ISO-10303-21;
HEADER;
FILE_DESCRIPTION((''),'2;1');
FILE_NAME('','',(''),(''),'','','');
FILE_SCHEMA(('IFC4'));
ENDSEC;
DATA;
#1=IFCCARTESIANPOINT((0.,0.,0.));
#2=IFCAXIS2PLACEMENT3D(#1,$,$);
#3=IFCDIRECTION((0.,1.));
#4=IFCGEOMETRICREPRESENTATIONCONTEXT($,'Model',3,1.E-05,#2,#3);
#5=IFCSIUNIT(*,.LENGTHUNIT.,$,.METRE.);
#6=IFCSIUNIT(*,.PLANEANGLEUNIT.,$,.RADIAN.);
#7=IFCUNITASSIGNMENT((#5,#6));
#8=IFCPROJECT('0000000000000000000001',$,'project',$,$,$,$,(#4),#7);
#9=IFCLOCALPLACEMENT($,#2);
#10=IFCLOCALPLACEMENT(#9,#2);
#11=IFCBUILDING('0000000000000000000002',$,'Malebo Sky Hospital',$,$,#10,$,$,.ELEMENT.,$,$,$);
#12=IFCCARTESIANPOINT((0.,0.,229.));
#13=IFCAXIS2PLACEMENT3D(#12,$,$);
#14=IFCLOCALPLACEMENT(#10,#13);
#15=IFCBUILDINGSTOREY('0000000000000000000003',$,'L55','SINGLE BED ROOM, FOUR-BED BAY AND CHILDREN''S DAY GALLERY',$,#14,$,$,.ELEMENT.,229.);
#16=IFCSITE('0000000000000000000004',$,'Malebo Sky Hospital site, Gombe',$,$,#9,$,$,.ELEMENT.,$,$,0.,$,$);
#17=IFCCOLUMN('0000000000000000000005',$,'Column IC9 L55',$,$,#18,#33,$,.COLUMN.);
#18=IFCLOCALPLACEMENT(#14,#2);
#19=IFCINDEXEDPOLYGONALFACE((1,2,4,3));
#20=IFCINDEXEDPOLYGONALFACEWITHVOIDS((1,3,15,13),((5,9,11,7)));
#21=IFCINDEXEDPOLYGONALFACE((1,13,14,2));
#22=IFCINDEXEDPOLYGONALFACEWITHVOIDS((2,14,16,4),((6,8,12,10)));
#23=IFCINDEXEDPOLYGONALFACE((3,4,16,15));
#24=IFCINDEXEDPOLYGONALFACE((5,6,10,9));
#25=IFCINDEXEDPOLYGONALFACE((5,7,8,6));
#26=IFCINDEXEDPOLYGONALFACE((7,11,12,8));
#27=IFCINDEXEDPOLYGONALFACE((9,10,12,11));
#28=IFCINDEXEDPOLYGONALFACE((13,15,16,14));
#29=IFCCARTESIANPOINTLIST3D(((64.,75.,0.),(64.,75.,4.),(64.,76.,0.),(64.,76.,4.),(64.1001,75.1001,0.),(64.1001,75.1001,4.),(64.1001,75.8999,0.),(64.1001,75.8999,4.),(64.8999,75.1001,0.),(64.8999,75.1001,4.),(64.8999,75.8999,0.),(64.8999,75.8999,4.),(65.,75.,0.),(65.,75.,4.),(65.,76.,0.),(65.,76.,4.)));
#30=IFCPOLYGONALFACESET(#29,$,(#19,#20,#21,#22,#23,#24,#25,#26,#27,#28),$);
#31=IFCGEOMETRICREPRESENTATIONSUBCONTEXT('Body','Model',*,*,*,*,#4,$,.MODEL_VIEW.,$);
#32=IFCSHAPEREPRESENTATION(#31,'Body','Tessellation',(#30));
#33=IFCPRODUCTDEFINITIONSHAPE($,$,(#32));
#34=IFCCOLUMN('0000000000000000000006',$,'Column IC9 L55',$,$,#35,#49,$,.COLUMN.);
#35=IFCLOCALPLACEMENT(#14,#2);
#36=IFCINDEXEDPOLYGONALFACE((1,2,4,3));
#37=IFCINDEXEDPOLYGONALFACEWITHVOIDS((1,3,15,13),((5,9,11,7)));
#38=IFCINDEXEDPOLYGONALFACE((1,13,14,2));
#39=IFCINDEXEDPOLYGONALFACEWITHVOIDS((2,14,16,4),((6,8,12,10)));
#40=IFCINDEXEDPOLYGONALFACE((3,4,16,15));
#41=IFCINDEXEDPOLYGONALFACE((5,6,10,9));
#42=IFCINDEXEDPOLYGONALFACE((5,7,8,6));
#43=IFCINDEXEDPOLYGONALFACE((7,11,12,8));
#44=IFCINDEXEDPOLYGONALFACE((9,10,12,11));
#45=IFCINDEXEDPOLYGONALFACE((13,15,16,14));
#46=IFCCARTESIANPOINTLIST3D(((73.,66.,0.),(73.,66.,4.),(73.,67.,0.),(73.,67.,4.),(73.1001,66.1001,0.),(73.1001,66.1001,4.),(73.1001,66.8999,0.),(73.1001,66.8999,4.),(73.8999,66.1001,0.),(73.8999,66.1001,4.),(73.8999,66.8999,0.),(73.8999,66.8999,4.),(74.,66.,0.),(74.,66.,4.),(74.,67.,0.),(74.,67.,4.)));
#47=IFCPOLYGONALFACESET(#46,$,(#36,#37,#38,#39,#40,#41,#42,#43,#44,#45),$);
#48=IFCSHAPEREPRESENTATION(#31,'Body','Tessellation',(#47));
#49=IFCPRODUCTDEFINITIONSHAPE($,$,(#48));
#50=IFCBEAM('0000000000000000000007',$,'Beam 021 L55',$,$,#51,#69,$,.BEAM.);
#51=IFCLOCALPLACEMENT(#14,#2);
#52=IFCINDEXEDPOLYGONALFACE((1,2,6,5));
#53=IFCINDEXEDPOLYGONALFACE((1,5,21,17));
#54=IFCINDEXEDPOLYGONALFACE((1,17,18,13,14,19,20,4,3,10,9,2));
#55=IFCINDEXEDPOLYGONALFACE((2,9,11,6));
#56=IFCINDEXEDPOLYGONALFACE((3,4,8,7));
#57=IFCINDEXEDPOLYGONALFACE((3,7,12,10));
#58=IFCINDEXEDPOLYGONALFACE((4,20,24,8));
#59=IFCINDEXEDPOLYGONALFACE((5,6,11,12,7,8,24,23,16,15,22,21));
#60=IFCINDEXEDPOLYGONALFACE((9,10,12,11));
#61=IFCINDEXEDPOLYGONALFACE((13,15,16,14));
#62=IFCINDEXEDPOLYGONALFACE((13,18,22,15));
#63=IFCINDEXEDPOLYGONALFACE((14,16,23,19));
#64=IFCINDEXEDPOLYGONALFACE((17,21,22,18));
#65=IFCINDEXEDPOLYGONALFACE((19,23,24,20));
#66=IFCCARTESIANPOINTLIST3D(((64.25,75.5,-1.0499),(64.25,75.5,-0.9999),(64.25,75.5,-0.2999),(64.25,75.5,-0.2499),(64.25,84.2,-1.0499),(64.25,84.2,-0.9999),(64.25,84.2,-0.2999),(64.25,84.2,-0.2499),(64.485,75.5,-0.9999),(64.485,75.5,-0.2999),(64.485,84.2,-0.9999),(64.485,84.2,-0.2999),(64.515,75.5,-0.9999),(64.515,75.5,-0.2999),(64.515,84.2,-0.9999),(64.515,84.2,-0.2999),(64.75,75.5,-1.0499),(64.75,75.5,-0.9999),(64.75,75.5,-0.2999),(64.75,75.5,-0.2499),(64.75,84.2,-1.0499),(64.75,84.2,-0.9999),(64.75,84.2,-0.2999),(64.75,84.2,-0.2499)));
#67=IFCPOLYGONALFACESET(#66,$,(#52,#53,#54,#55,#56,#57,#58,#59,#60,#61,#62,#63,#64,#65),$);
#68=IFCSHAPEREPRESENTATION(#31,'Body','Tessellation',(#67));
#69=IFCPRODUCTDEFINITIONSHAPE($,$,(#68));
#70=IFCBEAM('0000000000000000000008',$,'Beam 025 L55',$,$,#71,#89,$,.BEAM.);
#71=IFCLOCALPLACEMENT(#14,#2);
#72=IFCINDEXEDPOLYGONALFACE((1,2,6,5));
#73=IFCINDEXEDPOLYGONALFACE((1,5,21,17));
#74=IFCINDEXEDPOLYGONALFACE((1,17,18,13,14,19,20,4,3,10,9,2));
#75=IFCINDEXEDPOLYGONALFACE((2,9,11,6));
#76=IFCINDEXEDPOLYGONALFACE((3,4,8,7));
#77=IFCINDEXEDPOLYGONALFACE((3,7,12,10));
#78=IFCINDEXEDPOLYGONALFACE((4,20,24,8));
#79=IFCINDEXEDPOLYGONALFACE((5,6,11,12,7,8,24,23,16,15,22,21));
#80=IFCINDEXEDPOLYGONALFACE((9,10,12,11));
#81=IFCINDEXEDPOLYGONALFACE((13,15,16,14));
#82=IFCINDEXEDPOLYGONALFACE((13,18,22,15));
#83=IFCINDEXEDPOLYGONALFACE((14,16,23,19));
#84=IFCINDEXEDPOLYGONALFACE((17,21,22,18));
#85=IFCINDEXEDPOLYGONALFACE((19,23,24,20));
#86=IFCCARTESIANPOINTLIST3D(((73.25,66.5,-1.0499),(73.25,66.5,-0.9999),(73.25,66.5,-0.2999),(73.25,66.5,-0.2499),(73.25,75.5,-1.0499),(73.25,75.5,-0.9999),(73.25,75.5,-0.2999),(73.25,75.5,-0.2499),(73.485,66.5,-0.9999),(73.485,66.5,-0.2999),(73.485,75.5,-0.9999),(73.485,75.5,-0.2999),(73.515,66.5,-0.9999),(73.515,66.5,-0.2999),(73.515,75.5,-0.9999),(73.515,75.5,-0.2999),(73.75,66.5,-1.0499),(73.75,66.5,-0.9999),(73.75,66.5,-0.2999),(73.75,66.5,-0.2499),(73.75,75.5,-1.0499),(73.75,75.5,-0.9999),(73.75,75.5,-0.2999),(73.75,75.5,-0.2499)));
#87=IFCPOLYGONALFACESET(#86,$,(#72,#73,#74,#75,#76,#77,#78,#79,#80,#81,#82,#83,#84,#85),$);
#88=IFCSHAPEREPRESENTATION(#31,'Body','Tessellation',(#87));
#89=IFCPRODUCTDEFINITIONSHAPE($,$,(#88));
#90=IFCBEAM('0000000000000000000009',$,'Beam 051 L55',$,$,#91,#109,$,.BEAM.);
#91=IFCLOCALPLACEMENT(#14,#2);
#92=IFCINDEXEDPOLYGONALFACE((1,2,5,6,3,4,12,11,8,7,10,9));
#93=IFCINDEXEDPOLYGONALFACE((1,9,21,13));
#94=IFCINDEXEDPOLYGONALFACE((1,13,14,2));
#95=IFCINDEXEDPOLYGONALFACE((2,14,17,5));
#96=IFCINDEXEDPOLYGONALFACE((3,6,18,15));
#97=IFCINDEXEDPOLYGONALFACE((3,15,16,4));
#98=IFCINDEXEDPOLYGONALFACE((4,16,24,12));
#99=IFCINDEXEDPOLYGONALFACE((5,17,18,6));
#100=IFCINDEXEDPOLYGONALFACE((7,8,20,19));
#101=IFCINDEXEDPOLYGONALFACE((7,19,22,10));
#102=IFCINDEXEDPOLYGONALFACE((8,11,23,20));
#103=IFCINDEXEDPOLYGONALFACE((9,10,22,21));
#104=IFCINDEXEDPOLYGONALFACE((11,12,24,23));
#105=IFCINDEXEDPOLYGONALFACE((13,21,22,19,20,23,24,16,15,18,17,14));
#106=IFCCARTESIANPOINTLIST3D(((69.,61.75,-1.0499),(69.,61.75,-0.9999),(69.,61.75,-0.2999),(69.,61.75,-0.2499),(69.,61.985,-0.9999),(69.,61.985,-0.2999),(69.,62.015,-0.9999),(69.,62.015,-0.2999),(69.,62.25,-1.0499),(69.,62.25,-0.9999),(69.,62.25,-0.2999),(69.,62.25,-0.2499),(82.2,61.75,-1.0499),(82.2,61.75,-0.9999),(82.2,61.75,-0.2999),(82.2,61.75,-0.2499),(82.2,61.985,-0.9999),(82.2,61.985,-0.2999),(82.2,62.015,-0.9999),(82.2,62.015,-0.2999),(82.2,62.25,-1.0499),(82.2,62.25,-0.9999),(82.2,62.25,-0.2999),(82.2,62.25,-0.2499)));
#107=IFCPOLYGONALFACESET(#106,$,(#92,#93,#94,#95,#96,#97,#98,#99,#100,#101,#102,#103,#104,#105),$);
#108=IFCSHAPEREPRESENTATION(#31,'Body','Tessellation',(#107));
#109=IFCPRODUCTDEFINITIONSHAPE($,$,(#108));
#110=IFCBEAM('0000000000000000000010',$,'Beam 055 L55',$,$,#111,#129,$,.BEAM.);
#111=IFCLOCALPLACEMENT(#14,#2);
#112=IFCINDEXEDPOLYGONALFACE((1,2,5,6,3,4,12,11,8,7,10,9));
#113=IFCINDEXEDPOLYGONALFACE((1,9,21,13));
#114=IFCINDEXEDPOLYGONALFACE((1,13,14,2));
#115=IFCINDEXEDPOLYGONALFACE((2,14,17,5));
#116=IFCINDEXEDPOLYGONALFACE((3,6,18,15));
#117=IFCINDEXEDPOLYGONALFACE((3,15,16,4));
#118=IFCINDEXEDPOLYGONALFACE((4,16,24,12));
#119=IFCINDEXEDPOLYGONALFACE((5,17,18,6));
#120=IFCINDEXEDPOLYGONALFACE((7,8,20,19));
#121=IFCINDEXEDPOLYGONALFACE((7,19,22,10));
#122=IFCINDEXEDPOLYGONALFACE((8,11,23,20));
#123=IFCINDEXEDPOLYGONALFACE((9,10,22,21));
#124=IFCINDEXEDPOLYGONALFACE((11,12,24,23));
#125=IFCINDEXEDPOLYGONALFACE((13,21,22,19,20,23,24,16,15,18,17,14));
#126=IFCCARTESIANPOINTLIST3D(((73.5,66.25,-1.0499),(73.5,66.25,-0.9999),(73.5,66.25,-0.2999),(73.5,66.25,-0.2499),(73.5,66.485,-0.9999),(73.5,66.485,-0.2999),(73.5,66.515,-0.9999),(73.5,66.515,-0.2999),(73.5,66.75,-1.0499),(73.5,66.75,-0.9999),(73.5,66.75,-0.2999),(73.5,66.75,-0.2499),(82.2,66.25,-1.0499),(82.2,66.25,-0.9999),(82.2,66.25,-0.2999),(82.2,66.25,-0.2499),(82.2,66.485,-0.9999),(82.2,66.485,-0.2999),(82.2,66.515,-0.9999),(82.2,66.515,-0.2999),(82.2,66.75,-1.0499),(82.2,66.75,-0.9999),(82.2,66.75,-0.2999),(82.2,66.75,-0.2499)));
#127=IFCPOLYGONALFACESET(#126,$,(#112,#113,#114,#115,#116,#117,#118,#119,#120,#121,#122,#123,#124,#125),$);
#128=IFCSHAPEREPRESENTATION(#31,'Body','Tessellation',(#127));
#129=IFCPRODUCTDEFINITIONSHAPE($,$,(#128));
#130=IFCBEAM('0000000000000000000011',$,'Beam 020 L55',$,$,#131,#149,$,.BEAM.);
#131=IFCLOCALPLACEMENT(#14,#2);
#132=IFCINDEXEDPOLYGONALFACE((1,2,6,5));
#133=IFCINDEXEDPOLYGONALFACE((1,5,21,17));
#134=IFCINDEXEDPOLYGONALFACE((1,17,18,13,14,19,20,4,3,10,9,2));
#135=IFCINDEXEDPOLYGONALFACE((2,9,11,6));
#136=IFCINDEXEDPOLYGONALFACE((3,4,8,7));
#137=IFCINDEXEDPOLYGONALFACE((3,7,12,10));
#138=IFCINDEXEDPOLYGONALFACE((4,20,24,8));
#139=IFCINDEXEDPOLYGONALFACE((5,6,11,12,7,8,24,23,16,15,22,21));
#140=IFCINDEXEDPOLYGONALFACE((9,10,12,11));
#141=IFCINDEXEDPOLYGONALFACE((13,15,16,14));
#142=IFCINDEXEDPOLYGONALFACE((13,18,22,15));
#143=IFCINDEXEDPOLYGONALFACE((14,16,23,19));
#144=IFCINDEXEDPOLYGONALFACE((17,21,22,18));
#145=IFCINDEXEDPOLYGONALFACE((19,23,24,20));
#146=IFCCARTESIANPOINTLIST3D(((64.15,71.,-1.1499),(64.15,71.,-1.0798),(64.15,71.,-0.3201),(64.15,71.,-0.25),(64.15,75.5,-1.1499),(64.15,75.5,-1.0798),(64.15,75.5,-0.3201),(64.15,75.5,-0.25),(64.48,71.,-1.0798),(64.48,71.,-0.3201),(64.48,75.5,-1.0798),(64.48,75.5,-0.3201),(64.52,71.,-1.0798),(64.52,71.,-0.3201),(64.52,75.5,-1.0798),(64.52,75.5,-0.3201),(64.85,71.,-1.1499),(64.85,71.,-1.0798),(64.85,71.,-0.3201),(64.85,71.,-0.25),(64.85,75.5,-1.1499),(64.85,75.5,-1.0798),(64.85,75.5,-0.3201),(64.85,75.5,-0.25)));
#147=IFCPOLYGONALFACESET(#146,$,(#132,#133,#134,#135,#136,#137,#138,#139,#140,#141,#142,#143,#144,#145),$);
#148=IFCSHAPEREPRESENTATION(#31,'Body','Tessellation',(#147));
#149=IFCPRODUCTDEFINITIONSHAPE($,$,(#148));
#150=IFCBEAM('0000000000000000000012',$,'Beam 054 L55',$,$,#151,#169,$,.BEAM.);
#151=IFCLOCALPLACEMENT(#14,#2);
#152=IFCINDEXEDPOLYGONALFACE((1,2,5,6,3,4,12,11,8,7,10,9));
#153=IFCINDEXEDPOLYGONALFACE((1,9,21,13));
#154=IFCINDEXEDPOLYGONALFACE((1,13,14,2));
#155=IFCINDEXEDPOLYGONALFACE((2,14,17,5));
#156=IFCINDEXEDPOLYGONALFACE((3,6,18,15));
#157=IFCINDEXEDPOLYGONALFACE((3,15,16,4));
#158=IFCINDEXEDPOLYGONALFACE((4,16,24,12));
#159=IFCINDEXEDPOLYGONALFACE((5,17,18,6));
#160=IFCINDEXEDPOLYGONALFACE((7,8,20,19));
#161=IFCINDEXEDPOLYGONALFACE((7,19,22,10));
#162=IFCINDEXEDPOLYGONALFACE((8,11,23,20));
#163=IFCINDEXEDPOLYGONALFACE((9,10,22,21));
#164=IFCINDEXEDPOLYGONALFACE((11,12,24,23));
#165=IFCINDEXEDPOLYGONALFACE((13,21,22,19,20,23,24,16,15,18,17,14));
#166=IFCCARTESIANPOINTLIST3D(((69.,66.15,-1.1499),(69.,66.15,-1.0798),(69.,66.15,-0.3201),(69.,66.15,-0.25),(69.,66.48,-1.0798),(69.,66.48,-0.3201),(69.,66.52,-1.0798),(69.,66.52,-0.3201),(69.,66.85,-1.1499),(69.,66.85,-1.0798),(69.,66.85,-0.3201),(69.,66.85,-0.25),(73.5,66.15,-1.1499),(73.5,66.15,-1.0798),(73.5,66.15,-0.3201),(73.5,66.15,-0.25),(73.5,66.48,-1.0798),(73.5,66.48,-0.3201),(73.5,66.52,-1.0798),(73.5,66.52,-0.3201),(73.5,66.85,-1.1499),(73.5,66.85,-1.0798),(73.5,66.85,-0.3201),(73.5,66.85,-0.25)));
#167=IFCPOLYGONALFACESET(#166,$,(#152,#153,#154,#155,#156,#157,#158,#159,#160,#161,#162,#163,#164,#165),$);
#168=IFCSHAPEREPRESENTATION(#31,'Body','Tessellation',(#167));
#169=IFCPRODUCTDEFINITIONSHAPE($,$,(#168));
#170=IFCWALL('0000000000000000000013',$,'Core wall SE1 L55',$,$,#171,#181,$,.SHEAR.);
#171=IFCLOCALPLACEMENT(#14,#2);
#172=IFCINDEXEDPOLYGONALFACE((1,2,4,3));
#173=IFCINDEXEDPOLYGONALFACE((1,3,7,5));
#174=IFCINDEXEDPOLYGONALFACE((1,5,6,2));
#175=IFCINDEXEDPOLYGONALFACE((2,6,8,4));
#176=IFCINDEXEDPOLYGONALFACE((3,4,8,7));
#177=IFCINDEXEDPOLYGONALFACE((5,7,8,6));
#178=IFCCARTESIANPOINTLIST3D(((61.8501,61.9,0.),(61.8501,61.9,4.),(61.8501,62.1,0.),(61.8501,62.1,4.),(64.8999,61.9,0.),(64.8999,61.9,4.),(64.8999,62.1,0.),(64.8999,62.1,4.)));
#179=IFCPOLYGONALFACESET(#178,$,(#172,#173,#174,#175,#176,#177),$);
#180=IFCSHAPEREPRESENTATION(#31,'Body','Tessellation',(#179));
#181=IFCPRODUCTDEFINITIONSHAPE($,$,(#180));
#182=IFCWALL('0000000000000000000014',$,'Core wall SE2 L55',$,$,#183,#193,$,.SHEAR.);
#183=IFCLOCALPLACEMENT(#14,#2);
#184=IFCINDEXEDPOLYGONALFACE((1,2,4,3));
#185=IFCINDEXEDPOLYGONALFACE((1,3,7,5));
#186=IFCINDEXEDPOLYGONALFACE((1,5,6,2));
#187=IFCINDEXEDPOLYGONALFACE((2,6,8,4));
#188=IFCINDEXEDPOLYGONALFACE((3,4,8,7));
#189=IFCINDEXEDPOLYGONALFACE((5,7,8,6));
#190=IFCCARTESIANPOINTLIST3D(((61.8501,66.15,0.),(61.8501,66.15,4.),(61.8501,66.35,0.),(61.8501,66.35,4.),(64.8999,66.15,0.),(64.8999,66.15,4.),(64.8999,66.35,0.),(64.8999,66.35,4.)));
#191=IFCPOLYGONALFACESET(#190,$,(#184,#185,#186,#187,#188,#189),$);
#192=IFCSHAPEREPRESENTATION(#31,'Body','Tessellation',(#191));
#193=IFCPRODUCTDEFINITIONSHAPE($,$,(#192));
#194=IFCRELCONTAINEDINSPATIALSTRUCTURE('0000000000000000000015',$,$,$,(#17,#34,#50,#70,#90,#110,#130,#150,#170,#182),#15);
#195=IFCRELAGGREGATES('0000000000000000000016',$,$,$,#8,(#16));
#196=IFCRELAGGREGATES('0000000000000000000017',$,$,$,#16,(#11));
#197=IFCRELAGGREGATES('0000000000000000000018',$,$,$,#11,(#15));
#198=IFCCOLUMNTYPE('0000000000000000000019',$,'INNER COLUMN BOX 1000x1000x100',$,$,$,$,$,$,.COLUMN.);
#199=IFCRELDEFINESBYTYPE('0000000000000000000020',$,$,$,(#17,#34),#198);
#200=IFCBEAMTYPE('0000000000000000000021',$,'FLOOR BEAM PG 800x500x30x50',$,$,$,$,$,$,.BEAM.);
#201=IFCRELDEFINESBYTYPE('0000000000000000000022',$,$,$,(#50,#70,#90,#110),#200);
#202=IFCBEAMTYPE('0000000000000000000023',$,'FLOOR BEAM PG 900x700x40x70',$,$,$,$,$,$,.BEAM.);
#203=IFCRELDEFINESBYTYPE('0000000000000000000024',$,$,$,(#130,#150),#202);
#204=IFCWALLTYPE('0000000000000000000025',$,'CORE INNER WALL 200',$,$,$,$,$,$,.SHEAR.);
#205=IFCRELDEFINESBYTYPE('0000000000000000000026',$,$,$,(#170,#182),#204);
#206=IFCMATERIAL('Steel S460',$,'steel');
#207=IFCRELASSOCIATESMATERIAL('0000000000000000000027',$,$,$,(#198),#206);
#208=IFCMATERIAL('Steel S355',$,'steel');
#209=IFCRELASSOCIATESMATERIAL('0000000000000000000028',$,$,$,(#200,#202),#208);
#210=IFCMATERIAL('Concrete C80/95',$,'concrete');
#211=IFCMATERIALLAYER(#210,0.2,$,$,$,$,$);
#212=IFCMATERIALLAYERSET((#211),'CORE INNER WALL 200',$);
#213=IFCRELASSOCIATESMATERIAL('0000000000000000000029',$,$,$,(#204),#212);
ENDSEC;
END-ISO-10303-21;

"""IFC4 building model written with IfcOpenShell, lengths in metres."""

from ifc_helpers import new_model, si_unit, direction, frame, frame_2d, origin, origin_2d, place, context, subcontext, project, spatial, rectangle, hollow_rectangle, i_section, extrude, material, layer, layer_set, material_profile, profile_set, type_object, element, save


model = new_model("IFC4")

# Units and contexts
model_context = context("Model", 3, precision=1e-05, world=origin(), true_north=direction((0.0, 1.0)))
body_context = subcontext(model_context, "Body", "Model", "MODEL_VIEW")
ifc_project = project(units=[si_unit("LENGTHUNIT", "METRE"), si_unit("PLANEANGLEUNIT", "RADIAN")], contexts=[model_context])

# Site, building, storey
site_placement = place(None, origin())
site = spatial("IfcSite", under=ifc_project, at=site_placement, Name="Malebo Sky Hospital site, Gombe", CompositionType="ELEMENT", RefElevation=0.0)
building_placement = place(site_placement, origin())
building = spatial("IfcBuilding", under=site, at=building_placement, Name="Malebo Sky Hospital", CompositionType="ELEMENT")
storey_placement = place(building_placement, frame((0.0, 0.0, 229.0)))
storey = spatial("IfcBuildingStorey", under=building, at=storey_placement, Name="L55", Description="SINGLE BED ROOM, FOUR-BED BAY AND CHILDREN'S DAY GALLERY", CompositionType="ELEMENT", Elevation=229.0)

# Columns
ifc_material_1 = material(Name="Steel S460", Category="steel")
ifc_material_profile_1 = material_profile(ifc_material_1, hollow_rectangle(XDim=1.0, YDim=1.0, WallThickness=0.1001, at=origin_2d()), Name="BOX 1000x1000x100")
ifc_profile_set_1 = profile_set([ifc_material_profile_1], Name="Steel S460")
column_type = type_object("IfcColumnType", Name="INNER COLUMN BOX 1000x1000x100", PredefinedType="COLUMN", material=ifc_profile_set_1)
for number, where, z_axis, x_axis, name in (
    (1, (64.5, 75.5, 0.0), (0.0, 0.0, 1.0), (1.0, 0.0, 0.0), "Column IC9 L55"),
    (2, (73.5, 66.5, 0.0), (0.0, 0.0, 1.0), (1.0, 0.0, 0.0), "Column IC9 L55"),
):
    element("IfcColumn", number, at=place(storey_placement, frame(where, z_axis=z_axis, x_axis=x_axis)), inside=storey, type_object=column_type, Name=name, PredefinedType="COLUMN", context=body_context, shape_type="SweptSolid", body=[
        extrude(hollow_rectangle(XDim=1.0, YDim=1.0, WallThickness=0.1001, at=origin_2d()), origin(), (0.0, 0.0, 1.0), 4.0),
    ])

# Beams
ifc_material_2 = material(Name="Steel S355", Category="steel")
ifc_material_profile_2 = material_profile(ifc_material_2, i_section(OverallWidth=0.5, OverallDepth=0.8, WebThickness=0.03, FlangeThickness=0.05, at=origin_2d()), Name="PG 800x500x30x50")
ifc_profile_set_2 = profile_set([ifc_material_profile_2], Name="Steel S355")
beam_type_1 = type_object("IfcBeamType", Name="FLOOR BEAM PG 800x500x30x50", PredefinedType="BEAM", material=ifc_profile_set_2)
beam_1_placement = place(storey_placement, frame((64.5, 75.5, -0.6499), z_axis=(0.0, 1.0, 0.0), x_axis=(-1.0, 0.0, 0.0)))
element("IfcBeam", 3, at=beam_1_placement, inside=storey, type_object=beam_type_1, Name="Beam 021 L55", PredefinedType="BEAM", context=body_context, shape_type="SweptSolid", body=[
    extrude(i_section(OverallWidth=0.5, OverallDepth=0.8, WebThickness=0.03, FlangeThickness=0.05, at=origin_2d()), origin(), (0.0, 0.0, 1.0), 8.7),
])
beam_2_placement = place(storey_placement, frame((73.5, 66.5, -0.6499), z_axis=(0.0, 1.0, 0.0), x_axis=(-1.0, 0.0, 0.0)))
element("IfcBeam", 4, at=beam_2_placement, inside=storey, type_object=beam_type_1, Name="Beam 025 L55", PredefinedType="BEAM", context=body_context, shape_type="SweptSolid", body=[
    extrude(i_section(OverallWidth=0.5, OverallDepth=0.8, WebThickness=0.03, FlangeThickness=0.05, at=origin_2d()), origin(), (0.0, 0.0, 1.0), 9.0),
])
beam_3_placement = place(storey_placement, frame((69.0, 62.0, -0.6499), z_axis=(1.0, 0.0, 0.0), x_axis=(0.0, 1.0, 0.0)))
element("IfcBeam", 5, at=beam_3_placement, inside=storey, type_object=beam_type_1, Name="Beam 051 L55", PredefinedType="BEAM", context=body_context, shape_type="SweptSolid", body=[
    extrude(i_section(OverallWidth=0.5, OverallDepth=0.8, WebThickness=0.03, FlangeThickness=0.05, at=origin_2d()), origin(), (0.0, 0.0, 1.0), 13.2),
])
beam_4_placement = place(storey_placement, frame((73.5, 66.5, -0.6499), z_axis=(1.0, 0.0, 0.0), x_axis=(0.0, 1.0, 0.0)))
element("IfcBeam", 6, at=beam_4_placement, inside=storey, type_object=beam_type_1, Name="Beam 055 L55", PredefinedType="BEAM", context=body_context, shape_type="SweptSolid", body=[
    extrude(i_section(OverallWidth=0.5, OverallDepth=0.8, WebThickness=0.03, FlangeThickness=0.05, at=origin_2d()), origin(), (0.0, 0.0, 1.0), 8.7),
])
ifc_material_profile_3 = material_profile(ifc_material_2, i_section(OverallWidth=0.7, OverallDepth=0.8999, WebThickness=0.04, FlangeThickness=0.0701, at=origin_2d()), Name="PG 900x700x40x70")
ifc_profile_set_3 = profile_set([ifc_material_profile_3], Name="Steel S355")
beam_type_2 = type_object("IfcBeamType", Name="FLOOR BEAM PG 900x700x40x70", PredefinedType="BEAM", material=ifc_profile_set_3)
for number, where, z_axis, x_axis, name in (
    (7, (64.5, 71.0, -0.7), (0.0, 1.0, 0.0), (-1.0, 0.0, 0.0), "Beam 020 L55"),
    (8, (69.0, 66.5, -0.7), (1.0, 0.0, 0.0), (0.0, 1.0, 0.0), "Beam 054 L55"),
):
    element("IfcBeam", number, at=place(storey_placement, frame(where, z_axis=z_axis, x_axis=x_axis)), inside=storey, type_object=beam_type_2, Name=name, PredefinedType="BEAM", context=body_context, shape_type="SweptSolid", body=[
        extrude(i_section(OverallWidth=0.7, OverallDepth=0.8999, WebThickness=0.04, FlangeThickness=0.0701, at=origin_2d()), origin(), (0.0, 0.0, 1.0), 4.5),
    ])

# Walls
ifc_material_3 = material(Name="Concrete C80/95", Category="concrete")
ifc_layer_1 = layer(ifc_material_3, 0.2)
ifc_layer_set_1 = layer_set([ifc_layer_1], Name="CORE INNER WALL 200")
wall_type_1 = type_object("IfcWallType", Name="CORE INNER WALL 200", PredefinedType="SHEAR", material=ifc_layer_set_1)
for number, where, z_axis, x_axis, name in (
    (9, (61.8501, 62.0, 0.0), (0.0, 0.0, 1.0), (1.0, 0.0, 0.0), "Core wall SE1 L55"),
    (10, (61.8501, 66.25, 0.0), (0.0, 0.0, 1.0), (1.0, 0.0, 0.0), "Core wall SE2 L55"),
):
    element("IfcWall", number, at=place(storey_placement, frame(where, z_axis=z_axis, x_axis=x_axis)), inside=storey, type_object=wall_type_1, Name=name, PredefinedType="SHEAR", context=body_context, shape_type="SweptSolid", body=[
        extrude(rectangle(XDim=3.0498, YDim=0.2, at=frame_2d((1.5249, 0.0))), origin(), (0.0, 0.0, 1.0), 4.0),
    ])

save(model, "model.ifc")
